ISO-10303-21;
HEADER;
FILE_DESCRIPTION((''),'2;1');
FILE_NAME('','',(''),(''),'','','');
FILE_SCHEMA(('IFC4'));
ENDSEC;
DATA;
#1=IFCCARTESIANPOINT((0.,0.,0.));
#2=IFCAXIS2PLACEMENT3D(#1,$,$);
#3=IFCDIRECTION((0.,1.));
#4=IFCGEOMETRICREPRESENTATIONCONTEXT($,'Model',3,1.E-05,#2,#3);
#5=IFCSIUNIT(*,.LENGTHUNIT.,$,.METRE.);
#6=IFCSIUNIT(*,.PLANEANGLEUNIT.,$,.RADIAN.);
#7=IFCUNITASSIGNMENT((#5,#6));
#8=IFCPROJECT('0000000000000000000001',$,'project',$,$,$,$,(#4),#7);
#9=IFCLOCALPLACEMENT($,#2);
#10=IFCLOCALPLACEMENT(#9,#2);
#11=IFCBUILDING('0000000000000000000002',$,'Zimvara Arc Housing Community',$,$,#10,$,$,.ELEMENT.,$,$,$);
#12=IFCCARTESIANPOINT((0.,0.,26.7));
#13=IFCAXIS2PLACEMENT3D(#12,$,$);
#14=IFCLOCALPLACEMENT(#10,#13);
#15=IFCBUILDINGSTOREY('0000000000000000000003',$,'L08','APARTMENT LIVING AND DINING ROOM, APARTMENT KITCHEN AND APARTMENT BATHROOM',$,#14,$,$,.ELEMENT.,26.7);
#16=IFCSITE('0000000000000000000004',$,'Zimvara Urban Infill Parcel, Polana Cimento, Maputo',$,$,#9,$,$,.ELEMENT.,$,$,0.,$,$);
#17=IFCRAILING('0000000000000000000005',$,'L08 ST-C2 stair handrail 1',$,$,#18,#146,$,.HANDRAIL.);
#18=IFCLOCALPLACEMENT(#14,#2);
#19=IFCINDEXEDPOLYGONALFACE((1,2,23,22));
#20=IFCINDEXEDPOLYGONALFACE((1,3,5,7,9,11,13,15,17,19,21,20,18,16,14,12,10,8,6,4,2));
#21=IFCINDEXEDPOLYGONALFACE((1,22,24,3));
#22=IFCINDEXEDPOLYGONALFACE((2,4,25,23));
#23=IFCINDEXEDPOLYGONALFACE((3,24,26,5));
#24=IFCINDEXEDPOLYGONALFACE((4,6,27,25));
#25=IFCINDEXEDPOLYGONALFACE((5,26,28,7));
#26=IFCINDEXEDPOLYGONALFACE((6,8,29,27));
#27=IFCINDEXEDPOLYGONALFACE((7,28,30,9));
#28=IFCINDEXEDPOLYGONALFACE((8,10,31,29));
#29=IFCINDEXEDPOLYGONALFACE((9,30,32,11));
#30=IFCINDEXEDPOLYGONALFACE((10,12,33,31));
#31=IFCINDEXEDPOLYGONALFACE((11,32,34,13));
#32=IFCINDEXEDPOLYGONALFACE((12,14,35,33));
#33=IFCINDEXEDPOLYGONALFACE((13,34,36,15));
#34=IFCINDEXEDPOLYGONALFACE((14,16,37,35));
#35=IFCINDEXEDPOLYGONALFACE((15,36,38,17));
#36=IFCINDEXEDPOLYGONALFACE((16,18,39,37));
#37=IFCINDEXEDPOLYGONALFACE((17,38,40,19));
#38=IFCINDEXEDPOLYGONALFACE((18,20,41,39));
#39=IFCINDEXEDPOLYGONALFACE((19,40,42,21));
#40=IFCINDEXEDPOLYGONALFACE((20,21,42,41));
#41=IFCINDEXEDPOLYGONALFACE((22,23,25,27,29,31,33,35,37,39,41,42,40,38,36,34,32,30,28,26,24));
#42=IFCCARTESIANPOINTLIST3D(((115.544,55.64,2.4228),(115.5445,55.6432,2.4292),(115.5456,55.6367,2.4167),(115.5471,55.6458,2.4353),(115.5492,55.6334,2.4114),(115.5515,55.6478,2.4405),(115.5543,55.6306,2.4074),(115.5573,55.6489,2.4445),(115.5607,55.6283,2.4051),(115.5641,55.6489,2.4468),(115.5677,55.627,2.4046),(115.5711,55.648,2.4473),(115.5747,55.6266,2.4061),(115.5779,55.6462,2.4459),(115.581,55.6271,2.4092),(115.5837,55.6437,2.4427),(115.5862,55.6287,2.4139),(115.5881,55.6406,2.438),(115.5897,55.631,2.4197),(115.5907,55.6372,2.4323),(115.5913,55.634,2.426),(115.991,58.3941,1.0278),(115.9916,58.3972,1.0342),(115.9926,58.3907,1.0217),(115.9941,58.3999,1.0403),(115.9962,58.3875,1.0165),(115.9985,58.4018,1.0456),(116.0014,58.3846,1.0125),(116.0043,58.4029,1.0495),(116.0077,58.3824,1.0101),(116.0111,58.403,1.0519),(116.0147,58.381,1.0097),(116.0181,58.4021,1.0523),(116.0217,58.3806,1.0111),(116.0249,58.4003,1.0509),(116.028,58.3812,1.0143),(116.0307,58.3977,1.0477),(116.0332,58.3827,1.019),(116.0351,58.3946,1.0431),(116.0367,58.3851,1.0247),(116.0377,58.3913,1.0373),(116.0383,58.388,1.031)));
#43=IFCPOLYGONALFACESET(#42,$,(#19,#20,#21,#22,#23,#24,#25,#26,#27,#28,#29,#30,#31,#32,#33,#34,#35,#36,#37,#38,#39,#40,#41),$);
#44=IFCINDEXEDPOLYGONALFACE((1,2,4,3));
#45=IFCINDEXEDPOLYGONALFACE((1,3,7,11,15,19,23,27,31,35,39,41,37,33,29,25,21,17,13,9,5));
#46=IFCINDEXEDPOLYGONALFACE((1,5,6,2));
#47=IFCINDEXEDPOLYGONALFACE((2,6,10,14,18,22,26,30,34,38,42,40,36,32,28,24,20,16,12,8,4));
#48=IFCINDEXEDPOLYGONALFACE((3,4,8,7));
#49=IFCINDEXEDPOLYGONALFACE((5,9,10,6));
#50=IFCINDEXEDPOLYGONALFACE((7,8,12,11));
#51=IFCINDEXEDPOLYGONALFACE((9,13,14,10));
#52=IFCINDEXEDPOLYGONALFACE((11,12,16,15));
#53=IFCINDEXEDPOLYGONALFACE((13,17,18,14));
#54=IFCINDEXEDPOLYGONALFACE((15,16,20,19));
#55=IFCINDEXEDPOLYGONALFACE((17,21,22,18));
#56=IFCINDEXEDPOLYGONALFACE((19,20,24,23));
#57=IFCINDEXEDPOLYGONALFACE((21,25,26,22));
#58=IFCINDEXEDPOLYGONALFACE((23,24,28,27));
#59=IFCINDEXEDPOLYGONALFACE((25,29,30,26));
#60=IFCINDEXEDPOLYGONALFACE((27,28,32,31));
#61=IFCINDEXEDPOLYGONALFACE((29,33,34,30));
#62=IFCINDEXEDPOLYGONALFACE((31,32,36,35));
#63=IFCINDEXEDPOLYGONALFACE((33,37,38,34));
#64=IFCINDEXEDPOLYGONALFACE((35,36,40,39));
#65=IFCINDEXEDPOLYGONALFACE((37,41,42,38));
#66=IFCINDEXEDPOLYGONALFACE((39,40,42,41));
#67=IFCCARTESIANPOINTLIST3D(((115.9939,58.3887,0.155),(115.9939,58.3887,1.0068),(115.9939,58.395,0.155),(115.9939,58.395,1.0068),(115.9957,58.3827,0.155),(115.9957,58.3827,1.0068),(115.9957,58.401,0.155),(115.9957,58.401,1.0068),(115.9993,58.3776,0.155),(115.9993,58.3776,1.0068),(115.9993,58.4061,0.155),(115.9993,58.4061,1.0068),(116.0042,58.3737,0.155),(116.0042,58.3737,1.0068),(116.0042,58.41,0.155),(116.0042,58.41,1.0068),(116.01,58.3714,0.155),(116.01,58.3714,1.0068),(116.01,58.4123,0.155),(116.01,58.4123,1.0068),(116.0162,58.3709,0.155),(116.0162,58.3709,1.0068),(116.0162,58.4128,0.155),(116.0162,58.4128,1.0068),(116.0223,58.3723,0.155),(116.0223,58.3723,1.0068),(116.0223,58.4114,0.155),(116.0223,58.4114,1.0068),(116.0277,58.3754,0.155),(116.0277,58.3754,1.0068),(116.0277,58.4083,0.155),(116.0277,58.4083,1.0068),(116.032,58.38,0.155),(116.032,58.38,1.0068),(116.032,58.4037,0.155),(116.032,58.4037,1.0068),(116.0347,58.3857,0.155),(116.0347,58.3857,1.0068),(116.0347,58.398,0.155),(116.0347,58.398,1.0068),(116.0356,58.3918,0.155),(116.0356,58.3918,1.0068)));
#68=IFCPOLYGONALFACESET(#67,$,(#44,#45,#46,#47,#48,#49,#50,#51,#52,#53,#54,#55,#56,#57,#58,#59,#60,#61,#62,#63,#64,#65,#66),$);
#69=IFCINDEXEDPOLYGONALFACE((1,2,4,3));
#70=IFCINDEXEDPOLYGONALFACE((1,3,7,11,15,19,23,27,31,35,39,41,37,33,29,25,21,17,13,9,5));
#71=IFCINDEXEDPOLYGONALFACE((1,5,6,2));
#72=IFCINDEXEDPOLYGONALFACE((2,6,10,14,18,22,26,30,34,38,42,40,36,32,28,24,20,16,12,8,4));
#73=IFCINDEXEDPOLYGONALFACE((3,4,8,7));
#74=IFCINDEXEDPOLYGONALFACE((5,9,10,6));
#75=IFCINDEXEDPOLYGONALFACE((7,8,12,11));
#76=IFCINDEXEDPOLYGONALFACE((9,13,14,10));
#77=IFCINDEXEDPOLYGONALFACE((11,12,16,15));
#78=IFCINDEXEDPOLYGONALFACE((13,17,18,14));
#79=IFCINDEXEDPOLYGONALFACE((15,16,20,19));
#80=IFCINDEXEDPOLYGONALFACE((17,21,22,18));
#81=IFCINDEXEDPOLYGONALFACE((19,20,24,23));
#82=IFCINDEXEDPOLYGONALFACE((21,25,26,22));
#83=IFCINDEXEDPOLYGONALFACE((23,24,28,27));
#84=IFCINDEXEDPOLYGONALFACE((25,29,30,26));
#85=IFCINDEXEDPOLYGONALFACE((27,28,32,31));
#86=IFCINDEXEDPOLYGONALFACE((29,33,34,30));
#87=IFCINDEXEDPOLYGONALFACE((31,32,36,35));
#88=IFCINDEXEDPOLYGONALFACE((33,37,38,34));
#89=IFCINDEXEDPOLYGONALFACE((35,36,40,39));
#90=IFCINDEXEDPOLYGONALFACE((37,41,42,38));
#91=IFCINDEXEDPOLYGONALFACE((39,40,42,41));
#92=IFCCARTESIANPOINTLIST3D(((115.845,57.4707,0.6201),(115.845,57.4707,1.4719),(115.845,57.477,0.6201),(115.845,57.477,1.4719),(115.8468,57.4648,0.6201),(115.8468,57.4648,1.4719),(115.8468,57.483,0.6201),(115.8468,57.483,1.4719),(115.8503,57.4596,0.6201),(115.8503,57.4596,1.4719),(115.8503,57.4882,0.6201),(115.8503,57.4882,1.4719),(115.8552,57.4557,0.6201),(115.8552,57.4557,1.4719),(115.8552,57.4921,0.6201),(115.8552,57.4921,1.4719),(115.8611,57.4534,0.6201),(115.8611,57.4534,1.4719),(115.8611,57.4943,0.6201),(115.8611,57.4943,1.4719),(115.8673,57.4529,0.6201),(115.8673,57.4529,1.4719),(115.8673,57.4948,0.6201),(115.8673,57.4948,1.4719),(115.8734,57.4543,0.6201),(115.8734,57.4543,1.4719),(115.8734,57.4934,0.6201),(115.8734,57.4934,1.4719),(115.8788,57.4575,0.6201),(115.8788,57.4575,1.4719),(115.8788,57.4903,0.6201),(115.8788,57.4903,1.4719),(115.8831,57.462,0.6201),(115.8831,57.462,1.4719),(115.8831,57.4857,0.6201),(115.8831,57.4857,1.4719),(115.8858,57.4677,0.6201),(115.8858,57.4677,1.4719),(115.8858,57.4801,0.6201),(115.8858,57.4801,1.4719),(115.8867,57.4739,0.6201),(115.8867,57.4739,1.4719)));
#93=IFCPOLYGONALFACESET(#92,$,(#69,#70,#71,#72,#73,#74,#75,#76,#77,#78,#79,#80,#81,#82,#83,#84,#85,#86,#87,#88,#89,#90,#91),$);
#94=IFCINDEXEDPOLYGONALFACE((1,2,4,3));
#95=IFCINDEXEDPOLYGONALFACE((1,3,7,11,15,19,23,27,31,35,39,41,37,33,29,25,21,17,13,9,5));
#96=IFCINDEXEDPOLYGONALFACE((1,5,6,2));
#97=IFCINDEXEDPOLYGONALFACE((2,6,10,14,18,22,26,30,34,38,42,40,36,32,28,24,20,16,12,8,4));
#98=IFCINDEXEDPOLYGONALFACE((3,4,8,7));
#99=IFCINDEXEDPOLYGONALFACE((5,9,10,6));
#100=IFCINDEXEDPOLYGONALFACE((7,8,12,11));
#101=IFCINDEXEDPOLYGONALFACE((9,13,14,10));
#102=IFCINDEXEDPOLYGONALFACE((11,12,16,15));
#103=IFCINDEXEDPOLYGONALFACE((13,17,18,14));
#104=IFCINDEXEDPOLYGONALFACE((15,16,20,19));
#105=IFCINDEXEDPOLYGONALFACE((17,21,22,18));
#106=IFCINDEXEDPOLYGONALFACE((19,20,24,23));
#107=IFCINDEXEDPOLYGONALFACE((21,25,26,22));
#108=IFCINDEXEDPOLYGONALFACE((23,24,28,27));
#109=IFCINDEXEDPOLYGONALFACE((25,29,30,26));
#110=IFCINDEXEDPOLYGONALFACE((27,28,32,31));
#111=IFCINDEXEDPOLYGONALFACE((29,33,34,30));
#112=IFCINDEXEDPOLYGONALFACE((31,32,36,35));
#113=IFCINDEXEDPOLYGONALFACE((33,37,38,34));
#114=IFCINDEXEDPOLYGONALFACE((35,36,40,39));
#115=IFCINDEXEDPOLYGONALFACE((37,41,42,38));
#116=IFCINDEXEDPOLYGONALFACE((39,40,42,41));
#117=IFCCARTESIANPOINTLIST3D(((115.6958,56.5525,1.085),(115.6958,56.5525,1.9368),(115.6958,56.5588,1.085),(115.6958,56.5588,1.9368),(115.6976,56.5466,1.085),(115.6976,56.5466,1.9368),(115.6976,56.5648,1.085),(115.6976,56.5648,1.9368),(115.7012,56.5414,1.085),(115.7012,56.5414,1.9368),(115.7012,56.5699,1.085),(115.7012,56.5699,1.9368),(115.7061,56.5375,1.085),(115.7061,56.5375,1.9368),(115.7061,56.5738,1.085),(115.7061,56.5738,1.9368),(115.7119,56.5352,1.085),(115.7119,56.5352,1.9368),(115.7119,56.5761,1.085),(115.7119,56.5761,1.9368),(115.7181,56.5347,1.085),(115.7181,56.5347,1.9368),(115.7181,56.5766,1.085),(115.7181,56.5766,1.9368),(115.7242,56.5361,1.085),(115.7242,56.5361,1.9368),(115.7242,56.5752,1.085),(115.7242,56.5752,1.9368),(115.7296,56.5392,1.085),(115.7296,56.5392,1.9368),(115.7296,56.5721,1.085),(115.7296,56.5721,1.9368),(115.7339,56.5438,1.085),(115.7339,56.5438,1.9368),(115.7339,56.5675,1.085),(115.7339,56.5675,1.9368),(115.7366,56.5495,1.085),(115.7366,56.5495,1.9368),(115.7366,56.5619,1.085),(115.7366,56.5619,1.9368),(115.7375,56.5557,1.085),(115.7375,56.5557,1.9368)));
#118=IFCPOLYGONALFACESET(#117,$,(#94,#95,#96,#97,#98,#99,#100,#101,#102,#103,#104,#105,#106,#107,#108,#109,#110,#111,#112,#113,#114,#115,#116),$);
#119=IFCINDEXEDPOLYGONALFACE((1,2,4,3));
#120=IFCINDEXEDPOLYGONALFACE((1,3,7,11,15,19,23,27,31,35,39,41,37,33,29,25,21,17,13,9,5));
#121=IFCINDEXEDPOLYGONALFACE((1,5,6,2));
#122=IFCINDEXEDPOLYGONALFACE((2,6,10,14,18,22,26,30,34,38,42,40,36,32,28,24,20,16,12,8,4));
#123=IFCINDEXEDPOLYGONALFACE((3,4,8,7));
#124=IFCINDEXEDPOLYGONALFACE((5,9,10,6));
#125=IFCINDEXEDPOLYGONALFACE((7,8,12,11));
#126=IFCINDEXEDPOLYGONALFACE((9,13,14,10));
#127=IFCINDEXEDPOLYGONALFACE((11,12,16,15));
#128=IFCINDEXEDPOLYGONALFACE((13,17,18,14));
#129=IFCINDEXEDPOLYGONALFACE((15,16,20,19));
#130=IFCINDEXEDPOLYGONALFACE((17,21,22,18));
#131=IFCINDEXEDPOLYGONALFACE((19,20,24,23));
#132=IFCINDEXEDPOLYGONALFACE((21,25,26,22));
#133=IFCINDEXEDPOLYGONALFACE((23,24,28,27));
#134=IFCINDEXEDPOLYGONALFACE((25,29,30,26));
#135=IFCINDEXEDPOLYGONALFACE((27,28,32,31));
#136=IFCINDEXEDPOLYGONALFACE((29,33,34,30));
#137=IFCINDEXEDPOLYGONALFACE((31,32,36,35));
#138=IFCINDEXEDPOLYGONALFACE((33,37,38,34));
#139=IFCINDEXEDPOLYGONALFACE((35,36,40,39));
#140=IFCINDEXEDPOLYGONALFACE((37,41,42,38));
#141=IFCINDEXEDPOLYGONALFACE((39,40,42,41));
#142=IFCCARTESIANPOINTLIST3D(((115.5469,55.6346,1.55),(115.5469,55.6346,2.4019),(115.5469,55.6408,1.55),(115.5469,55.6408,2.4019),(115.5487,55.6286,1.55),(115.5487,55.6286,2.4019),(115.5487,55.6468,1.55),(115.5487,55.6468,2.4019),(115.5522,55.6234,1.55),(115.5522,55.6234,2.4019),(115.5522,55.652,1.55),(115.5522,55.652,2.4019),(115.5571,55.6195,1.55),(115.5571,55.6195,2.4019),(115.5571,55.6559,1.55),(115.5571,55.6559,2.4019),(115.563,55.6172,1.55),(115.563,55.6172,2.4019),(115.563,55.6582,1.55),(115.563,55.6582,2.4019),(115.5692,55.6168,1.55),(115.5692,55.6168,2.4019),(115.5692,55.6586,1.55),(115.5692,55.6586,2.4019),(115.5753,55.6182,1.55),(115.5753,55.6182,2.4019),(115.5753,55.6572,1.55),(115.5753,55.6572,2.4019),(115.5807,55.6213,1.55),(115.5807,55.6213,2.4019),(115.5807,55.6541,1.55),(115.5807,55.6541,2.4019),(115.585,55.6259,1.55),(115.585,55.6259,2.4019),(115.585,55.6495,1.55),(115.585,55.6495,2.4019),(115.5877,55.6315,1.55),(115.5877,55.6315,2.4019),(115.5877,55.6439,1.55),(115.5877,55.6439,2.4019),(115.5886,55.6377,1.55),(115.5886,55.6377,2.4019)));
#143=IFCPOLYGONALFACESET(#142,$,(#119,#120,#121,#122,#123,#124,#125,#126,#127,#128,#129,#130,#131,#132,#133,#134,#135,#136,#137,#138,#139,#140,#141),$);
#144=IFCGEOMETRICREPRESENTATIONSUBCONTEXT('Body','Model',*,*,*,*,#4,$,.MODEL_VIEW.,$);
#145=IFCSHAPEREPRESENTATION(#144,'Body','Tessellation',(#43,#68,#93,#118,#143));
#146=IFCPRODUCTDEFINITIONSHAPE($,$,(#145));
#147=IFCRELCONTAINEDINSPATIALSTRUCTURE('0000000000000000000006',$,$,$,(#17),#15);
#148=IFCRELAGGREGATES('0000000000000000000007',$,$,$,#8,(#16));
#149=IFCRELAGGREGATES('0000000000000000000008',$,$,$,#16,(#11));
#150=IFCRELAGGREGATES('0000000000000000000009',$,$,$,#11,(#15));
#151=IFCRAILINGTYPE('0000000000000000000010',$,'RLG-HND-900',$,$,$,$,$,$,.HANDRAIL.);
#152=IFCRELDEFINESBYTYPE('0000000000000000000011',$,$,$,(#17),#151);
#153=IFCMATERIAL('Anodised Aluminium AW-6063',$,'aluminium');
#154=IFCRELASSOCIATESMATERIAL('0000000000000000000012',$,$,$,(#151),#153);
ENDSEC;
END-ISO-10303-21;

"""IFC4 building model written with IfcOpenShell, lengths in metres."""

from ifc_helpers import new_model, si_unit, direction, frame, origin, origin_2d, place, context, subcontext, project, spatial, circle, extrude, material, type_object, element, save


model = new_model("IFC4")

# Units and contexts
model_context = context("Model", 3, precision=1e-05, world=origin(), true_north=direction((0.0, 1.0)))
body_context = subcontext(model_context, "Body", "Model", "MODEL_VIEW")
ifc_project = project(units=[si_unit("LENGTHUNIT", "METRE"), si_unit("PLANEANGLEUNIT", "RADIAN")], contexts=[model_context])

# Site, building, storey
site_placement = place(None, origin())
site = spatial("IfcSite", under=ifc_project, at=site_placement, Name="Zimvara Urban Infill Parcel, Polana Cimento, Maputo", CompositionType="ELEMENT", RefElevation=0.0)
building_placement = place(site_placement, origin())
building = spatial("IfcBuilding", under=site, at=building_placement, Name="Zimvara Arc Housing Community", CompositionType="ELEMENT")
storey_placement = place(building_placement, frame((0.0, 0.0, 26.7)))
storey = spatial("IfcBuildingStorey", under=building, at=storey_placement, Name="L08", Description="APARTMENT LIVING AND DINING ROOM, APARTMENT KITCHEN AND APARTMENT BATHROOM", CompositionType="ELEMENT", Elevation=26.7)

# Railing
ifc_material_1 = material(Name="Anodised Aluminium AW-6063", Category="aluminium")
railing_type = type_object("IfcRailingType", Name="RLG-HND-900", PredefinedType="HANDRAIL", material=ifc_material_1)
railing_placement = place(storey_placement, frame((116.0146, 58.3918, 0.155)))
element("IfcRailing", 1, at=railing_placement, inside=storey, type_object=railing_type, Name="L08 ST-C2 stair handrail 1", PredefinedType="HANDRAIL", context=body_context, shape_type="SweptSolid", body=[
    extrude(circle(Radius=0.0239, at=origin_2d()), frame((0.0, 0.0, 0.876), z_axis=(-0.143299, -0.882883, 0.447194), x_axis=(0.987083, -0.160212, 0.0)), (0.0, 0.0, 1.0), 3.1194),
    extrude(circle(Radius=0.021, at=origin_2d()), origin(), (0.0, 0.0, 1.0), 0.8518),
    extrude(circle(Radius=0.021, at=origin_2d()), frame((-0.1489, -0.918, 0.4651)), (0.0, 0.0, 1.0), 0.8518),
    extrude(circle(Radius=0.021, at=origin_2d()), frame((-0.2981, -1.8362, 0.9299)), (0.0, 0.0, 1.0), 0.8518),
    extrude(circle(Radius=0.021, at=origin_2d()), frame((-0.447, -2.7542, 1.395)), (0.0, 0.0, 1.0), 0.8518),
])

save(model, "model.ifc")
